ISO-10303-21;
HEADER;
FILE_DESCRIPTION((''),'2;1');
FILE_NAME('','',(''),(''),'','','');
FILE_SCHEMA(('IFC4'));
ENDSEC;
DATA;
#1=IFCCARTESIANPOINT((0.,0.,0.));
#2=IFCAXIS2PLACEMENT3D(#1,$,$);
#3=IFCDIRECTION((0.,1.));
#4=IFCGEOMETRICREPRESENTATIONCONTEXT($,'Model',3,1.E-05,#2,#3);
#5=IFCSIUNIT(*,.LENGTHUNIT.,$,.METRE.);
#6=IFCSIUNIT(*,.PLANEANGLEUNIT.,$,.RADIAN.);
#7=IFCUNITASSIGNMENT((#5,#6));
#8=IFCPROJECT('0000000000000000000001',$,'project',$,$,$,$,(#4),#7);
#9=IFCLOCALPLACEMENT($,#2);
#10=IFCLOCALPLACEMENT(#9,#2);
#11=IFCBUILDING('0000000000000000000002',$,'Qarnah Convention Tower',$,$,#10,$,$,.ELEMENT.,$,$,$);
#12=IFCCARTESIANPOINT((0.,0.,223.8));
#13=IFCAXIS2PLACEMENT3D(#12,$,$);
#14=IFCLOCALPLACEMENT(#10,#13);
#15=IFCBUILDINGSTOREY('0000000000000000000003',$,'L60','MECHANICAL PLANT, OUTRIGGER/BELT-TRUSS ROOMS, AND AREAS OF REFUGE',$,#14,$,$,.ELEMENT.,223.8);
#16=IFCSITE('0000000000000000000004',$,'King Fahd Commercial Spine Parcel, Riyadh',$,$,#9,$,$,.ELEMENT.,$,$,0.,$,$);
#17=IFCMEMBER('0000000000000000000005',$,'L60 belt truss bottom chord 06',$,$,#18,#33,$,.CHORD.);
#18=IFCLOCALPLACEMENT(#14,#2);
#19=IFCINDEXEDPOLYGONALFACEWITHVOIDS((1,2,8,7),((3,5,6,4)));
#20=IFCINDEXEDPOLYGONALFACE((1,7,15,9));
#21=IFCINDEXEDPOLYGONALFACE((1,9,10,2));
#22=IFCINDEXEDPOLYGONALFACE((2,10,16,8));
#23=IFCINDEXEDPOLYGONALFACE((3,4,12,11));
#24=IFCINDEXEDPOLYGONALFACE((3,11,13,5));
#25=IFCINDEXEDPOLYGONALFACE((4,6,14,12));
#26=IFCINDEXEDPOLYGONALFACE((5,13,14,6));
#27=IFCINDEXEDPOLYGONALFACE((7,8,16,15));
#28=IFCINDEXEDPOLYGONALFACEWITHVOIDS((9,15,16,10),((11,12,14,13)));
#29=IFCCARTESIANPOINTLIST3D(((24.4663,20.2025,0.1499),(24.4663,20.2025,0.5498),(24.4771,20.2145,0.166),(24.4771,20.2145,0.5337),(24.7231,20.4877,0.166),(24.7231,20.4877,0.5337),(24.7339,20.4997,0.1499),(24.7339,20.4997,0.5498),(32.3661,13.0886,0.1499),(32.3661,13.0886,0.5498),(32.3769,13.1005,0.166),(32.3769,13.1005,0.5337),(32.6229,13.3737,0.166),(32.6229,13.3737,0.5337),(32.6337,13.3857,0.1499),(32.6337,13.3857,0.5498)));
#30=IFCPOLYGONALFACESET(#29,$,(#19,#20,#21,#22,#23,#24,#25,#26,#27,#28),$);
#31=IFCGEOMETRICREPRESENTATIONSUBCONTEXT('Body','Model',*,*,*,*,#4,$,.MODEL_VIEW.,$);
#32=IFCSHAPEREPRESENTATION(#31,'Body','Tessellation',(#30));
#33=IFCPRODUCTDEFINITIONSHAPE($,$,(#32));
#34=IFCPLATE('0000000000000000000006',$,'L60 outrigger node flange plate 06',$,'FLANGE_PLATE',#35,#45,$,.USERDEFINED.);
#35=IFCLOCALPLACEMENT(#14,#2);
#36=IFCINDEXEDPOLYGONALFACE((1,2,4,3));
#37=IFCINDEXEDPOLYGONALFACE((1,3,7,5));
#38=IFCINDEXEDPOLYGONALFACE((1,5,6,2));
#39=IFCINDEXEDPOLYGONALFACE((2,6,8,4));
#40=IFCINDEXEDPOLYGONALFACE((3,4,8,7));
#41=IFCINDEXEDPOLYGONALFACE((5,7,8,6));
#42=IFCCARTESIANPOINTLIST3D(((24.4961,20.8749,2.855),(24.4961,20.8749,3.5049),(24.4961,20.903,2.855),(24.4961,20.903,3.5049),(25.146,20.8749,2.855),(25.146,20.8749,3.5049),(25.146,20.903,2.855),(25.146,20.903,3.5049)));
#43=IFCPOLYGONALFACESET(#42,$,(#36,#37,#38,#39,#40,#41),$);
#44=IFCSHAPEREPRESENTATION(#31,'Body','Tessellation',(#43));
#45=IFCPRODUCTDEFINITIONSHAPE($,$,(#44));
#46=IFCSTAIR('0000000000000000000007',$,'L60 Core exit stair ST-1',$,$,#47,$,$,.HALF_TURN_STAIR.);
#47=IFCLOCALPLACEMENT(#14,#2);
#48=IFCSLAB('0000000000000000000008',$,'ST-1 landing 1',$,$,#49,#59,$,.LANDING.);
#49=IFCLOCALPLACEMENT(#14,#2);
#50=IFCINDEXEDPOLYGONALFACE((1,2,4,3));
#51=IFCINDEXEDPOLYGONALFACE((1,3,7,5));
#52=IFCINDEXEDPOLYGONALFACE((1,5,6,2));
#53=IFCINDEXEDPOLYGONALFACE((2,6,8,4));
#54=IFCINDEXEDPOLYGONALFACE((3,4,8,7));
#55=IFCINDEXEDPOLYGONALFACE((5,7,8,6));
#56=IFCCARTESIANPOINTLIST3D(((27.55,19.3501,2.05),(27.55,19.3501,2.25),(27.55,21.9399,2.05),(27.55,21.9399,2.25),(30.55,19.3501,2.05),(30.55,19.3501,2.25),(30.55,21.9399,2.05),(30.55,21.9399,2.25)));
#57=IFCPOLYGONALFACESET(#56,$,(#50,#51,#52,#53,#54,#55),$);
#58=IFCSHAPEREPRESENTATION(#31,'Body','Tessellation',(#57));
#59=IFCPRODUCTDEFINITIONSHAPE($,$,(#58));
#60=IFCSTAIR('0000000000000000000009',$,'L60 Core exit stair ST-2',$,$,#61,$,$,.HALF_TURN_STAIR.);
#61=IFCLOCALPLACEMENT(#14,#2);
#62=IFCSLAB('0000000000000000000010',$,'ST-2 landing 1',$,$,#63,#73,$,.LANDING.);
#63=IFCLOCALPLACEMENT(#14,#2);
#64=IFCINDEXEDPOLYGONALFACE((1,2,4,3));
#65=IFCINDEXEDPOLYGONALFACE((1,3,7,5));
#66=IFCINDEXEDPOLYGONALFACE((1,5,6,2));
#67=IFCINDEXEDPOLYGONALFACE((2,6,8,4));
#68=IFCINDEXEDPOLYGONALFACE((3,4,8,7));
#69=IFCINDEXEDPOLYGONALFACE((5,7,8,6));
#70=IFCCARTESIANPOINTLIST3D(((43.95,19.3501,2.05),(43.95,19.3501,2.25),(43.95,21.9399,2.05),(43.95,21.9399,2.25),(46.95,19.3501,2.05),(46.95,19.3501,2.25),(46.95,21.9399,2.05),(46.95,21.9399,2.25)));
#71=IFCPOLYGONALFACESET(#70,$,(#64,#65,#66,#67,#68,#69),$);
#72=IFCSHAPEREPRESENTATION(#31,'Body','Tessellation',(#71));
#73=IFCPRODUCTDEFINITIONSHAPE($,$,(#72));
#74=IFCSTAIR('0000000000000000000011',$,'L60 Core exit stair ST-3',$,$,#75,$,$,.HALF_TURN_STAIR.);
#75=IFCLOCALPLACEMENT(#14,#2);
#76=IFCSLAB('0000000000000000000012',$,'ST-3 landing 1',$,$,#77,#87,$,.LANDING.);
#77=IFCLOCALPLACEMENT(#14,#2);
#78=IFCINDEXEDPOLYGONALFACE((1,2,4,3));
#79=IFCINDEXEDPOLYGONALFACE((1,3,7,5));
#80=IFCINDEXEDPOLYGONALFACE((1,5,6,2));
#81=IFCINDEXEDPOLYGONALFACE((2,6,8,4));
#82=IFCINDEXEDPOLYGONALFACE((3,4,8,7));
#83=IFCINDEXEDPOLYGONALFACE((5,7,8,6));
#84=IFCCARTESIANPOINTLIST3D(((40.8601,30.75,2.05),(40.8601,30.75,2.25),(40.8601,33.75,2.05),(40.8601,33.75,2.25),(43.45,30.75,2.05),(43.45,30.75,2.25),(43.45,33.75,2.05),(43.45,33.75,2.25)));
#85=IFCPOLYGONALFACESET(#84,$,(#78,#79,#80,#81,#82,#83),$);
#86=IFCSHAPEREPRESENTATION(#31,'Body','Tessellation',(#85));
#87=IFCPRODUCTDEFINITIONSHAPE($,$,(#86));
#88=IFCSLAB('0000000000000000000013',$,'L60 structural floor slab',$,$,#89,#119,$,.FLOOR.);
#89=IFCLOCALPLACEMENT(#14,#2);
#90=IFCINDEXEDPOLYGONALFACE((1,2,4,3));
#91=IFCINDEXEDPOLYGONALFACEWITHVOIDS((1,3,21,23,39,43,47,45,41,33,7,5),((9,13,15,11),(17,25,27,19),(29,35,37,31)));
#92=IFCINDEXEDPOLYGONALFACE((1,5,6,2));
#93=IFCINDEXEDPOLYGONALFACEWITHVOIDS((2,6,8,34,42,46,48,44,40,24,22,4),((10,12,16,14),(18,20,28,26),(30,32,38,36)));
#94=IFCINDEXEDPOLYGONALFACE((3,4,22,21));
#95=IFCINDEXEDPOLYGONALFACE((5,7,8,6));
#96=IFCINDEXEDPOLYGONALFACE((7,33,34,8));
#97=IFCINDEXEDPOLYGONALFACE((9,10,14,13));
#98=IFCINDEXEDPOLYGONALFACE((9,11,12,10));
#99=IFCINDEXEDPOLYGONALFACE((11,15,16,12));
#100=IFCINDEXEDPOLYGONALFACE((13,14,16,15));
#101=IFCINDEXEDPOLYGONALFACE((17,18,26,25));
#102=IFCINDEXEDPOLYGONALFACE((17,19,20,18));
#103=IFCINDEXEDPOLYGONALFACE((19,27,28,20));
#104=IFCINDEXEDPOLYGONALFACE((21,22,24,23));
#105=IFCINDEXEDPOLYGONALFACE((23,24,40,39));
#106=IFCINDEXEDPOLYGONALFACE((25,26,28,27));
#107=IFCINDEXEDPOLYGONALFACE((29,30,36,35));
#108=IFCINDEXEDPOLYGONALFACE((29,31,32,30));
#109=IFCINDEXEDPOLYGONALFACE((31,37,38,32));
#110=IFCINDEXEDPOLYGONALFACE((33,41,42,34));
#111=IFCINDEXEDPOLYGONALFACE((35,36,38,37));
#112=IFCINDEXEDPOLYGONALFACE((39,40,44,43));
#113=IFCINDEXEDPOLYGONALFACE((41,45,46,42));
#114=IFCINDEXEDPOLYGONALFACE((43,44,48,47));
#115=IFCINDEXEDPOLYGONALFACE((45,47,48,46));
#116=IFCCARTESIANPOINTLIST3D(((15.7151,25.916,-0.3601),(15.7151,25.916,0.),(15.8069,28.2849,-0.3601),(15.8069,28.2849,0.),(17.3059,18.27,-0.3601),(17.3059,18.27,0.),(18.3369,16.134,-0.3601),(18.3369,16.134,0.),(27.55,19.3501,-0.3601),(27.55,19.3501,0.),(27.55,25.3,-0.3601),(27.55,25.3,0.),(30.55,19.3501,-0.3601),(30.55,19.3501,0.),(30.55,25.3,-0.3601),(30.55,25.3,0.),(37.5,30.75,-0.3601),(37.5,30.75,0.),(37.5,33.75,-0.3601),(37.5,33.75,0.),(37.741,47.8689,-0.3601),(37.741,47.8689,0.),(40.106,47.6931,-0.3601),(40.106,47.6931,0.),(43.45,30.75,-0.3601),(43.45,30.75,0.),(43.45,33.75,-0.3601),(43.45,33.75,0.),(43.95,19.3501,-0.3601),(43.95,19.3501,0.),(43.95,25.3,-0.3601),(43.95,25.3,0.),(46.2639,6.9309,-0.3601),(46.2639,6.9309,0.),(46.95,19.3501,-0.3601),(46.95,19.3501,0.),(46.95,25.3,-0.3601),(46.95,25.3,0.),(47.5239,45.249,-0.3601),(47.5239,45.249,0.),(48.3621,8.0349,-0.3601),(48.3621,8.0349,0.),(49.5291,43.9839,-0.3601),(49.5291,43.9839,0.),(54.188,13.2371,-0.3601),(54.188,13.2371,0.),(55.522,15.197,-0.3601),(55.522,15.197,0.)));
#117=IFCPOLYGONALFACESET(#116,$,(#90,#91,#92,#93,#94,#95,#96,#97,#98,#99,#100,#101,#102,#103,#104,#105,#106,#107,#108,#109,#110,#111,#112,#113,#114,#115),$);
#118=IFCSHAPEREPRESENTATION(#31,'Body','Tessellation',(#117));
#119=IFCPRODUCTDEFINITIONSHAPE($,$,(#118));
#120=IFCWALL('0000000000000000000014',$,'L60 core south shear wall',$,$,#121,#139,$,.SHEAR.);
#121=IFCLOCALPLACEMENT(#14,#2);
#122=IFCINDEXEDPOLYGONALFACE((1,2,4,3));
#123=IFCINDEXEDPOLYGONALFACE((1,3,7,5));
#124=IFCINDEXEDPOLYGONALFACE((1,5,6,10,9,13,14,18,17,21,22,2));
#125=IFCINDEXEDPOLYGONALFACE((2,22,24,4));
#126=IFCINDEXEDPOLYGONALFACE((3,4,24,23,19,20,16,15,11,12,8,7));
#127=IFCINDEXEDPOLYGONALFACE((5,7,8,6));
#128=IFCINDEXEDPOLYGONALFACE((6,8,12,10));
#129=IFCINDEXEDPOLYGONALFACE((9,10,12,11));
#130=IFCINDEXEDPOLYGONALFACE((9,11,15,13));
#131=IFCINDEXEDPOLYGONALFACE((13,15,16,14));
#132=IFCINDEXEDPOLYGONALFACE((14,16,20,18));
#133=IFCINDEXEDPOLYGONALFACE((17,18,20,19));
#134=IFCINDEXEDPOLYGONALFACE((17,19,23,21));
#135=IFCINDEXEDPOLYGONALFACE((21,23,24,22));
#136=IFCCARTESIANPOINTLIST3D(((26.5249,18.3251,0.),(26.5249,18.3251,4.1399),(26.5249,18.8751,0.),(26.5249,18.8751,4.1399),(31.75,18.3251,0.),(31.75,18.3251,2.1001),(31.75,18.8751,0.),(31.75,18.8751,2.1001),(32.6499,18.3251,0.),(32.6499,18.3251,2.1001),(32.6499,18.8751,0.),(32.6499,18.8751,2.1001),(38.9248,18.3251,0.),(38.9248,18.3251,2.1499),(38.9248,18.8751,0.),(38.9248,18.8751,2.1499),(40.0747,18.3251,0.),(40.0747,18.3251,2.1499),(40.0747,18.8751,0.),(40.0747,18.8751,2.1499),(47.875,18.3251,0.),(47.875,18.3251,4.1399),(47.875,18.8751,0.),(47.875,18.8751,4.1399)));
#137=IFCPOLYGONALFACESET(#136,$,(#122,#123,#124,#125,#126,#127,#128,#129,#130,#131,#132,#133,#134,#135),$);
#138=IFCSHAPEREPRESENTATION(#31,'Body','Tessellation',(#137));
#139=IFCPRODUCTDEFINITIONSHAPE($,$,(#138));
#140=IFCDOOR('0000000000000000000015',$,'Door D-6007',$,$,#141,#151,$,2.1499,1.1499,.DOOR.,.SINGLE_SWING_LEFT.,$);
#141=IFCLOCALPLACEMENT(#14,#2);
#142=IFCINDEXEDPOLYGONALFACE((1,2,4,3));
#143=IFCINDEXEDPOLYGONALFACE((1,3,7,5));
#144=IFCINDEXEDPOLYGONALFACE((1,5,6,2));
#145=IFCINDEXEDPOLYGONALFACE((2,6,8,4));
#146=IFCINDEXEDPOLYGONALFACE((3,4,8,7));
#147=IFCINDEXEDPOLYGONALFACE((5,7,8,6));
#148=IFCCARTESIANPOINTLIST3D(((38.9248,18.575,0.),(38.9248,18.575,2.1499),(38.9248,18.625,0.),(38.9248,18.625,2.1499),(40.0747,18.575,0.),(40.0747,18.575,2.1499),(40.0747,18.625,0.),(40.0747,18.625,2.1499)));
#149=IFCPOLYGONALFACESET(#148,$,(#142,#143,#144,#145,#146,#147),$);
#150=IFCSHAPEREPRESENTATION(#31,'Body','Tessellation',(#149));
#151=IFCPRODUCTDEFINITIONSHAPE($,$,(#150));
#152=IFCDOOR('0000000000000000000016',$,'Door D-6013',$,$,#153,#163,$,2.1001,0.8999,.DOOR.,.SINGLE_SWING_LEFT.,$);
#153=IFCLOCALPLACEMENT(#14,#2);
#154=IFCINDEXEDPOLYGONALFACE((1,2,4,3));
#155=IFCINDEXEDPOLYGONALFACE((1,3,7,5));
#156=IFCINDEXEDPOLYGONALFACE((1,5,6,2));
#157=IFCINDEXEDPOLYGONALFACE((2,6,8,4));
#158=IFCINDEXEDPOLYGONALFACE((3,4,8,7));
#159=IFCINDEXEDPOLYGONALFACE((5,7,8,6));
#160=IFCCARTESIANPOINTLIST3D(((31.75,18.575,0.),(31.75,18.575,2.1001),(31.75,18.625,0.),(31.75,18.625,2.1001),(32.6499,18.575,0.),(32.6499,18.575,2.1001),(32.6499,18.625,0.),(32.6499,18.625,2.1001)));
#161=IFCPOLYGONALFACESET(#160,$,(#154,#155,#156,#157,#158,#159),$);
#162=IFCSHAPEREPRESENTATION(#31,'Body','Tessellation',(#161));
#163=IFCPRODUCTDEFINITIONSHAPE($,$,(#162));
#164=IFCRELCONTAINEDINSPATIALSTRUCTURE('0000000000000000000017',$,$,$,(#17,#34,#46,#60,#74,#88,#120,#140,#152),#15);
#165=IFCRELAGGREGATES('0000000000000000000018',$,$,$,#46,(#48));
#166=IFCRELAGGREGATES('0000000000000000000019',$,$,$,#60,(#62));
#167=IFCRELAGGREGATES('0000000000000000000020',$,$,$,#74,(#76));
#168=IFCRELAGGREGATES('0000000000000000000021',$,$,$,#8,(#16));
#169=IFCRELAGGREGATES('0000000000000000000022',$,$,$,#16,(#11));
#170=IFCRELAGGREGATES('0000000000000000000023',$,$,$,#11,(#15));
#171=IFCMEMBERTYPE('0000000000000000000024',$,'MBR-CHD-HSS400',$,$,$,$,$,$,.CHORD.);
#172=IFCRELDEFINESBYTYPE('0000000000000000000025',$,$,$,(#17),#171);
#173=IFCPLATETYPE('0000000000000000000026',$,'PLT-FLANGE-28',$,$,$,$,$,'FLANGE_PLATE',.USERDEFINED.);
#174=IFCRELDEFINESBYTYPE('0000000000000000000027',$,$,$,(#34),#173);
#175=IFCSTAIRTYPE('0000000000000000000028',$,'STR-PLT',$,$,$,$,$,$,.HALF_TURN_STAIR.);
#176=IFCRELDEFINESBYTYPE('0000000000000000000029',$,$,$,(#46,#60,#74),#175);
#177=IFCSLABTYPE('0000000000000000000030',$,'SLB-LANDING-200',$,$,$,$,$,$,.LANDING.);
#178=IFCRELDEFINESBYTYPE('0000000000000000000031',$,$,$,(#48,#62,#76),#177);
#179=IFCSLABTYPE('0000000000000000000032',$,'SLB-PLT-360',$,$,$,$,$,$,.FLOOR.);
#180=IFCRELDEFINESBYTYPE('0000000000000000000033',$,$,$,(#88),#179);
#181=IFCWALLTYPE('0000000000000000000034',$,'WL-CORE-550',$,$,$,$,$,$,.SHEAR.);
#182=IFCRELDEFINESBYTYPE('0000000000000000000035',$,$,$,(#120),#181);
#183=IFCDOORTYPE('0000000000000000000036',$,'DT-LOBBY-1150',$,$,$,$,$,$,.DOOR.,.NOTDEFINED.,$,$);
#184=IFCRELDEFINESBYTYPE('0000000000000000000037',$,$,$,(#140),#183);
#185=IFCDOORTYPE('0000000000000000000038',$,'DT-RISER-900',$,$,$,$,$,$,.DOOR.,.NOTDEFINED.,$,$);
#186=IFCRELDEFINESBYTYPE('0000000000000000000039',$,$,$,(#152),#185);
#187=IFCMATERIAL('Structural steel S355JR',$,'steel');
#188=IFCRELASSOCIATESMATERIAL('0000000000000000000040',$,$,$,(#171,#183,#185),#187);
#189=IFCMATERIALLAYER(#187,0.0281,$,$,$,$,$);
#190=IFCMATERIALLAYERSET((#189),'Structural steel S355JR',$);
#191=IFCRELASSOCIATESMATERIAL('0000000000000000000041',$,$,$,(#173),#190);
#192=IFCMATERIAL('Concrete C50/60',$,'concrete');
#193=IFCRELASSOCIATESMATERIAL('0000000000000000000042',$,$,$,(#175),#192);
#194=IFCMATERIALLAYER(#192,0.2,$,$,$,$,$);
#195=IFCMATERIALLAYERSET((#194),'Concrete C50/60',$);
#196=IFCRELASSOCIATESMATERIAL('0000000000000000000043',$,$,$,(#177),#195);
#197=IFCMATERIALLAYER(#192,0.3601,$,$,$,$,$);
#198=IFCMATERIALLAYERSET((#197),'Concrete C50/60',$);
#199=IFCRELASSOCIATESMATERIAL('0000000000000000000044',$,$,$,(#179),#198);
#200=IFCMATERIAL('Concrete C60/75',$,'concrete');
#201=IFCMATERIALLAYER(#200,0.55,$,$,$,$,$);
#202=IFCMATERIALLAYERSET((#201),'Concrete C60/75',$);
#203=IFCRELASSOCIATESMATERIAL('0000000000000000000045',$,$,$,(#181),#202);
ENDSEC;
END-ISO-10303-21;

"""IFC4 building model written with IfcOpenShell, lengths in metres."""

from ifc_helpers import new_model, si_unit, direction, frame, frame_2d, origin, origin_2d, place, context, subcontext, project, spatial, polyline, rectangle, hollow_rectangle, outline, extrude, material, layer, layer_set, material_profile, profile_set, type_object, element, fill, aggregate, save


model = new_model("IFC4")

# Units and contexts
model_context = context("Model", 3, precision=1e-05, world=origin(), true_north=direction((0.0, 1.0)))
body_context = subcontext(model_context, "Body", "Model", "MODEL_VIEW")
ifc_project = project(units=[si_unit("LENGTHUNIT", "METRE"), si_unit("PLANEANGLEUNIT", "RADIAN")], contexts=[model_context])

# Site, building, storey
site_placement = place(None, origin())
site = spatial("IfcSite", under=ifc_project, at=site_placement, Name="King Fahd Commercial Spine Parcel, Riyadh", CompositionType="ELEMENT", RefElevation=0.0)
building_placement = place(site_placement, origin())
building = spatial("IfcBuilding", under=site, at=building_placement, Name="Qarnah Convention Tower", CompositionType="ELEMENT")
storey_placement = place(building_placement, frame((0.0, 0.0, 223.8)))
storey = spatial("IfcBuildingStorey", under=building, at=storey_placement, Name="L60", Description="MECHANICAL PLANT, OUTRIGGER/BELT-TRUSS ROOMS, AND AREAS OF REFUGE", CompositionType="ELEMENT", Elevation=223.8)

# Shared definitions
ifc_material_1 = material(Name="Concrete C50/60", Category="concrete")

# Shared definitions
ifc_material_2 = material(Name="Structural steel S355JR", Category="steel")

# Member
ifc_material_profile_1 = material_profile(ifc_material_2, hollow_rectangle(XDim=0.3999, YDim=0.3999, WallThickness=0.0161, at=origin_2d()), Name="HSS400X400X16")
ifc_profile_set_1 = profile_set([ifc_material_profile_1], Name="Structural steel S355JR")
member_type_1 = type_object("IfcMemberType", Name="MBR-CHD-HSS400", PredefinedType="CHORD", material=ifc_profile_set_1)
member_1_placement = place(storey_placement, frame((24.6001, 20.3511, 0.3499), z_axis=(0.743102, -0.669178, 0.0), x_axis=(0.669178, 0.743102, 0.0)))
element("IfcMember", 1, at=member_1_placement, inside=storey, type_object=member_type_1, Name="L60 belt truss bottom chord 06", PredefinedType="CHORD", context=body_context, shape_type="SweptSolid", body=[
    extrude(hollow_rectangle(XDim=0.3999, YDim=0.3999, WallThickness=0.0161, at=origin_2d()), origin(), (0.0, 0.0, 1.0), 10.6309),
])

# Plate
ifc_layer_1 = layer(ifc_material_2, 0.0281)
ifc_layer_set_1 = layer_set([ifc_layer_1], Name="Structural steel S355JR")
plate_type = type_object("IfcPlateType", Name="PLT-FLANGE-28", ElementType="FLANGE_PLATE", PredefinedType="USERDEFINED", material=ifc_layer_set_1)
plate_placement = place(storey_placement, frame((24.821, 20.8889, 2.855), z_axis=(0.0, 0.0, 1.0), x_axis=(1.0, 0.0, 0.0)))
element("IfcPlate", 2, at=plate_placement, inside=storey, type_object=plate_type, Name="L60 outrigger node flange plate 06", ObjectType="FLANGE_PLATE", PredefinedType="USERDEFINED", context=body_context, shape_type="SweptSolid", body=[
    extrude(rectangle(XDim=0.6499, YDim=0.0281, at=origin_2d()), origin(), (0.0, 0.0, 1.0), 0.6499),
])

# Stairs, slabs
stair_type = type_object("IfcStairType", Name="STR-PLT", PredefinedType="HALF_TURN_STAIR", material=ifc_material_1)
stair_1_placement = place(storey_placement, origin())
stair_1 = element("IfcStair", 3, at=stair_1_placement, inside=storey, type_object=stair_type, Name="L60 Core exit stair ST-1", PredefinedType="HALF_TURN_STAIR")
ifc_layer_2 = layer(ifc_material_1, 0.2)
ifc_layer_set_2 = layer_set([ifc_layer_2], Name="Concrete C50/60")
slab_type_1 = type_object("IfcSlabType", Name="SLB-LANDING-200", PredefinedType="LANDING", material=ifc_layer_set_2)
slab_1_placement = place(storey_placement, frame((0.0, 0.0, 2.05)))
slab_1 = element("IfcSlab", 4, at=slab_1_placement, type_object=slab_type_1, Name="ST-1 landing 1", PredefinedType="LANDING", context=body_context, shape_type="SweptSolid", body=[
    extrude(outline(polyline([(27.55, 21.9399), (27.55, 19.3501), (30.55, 19.3501), (30.55, 21.9399), (27.55, 21.9399)])), origin(), (0.0, 0.0, 1.0), 0.2),
])
aggregate(stair_1, [slab_1])
stair_2_placement = place(storey_placement, origin())
stair_2 = element("IfcStair", 5, at=stair_2_placement, inside=storey, type_object=stair_type, Name="L60 Core exit stair ST-2", PredefinedType="HALF_TURN_STAIR")
slab_2_placement = place(storey_placement, frame((0.0, 0.0, 2.05)))
slab_2 = element("IfcSlab", 6, at=slab_2_placement, type_object=slab_type_1, Name="ST-2 landing 1", PredefinedType="LANDING", context=body_context, shape_type="SweptSolid", body=[
    extrude(outline(polyline([(43.95, 21.9399), (43.95, 19.3501), (46.95, 19.3501), (46.95, 21.9399), (43.95, 21.9399)])), origin(), (0.0, 0.0, 1.0), 0.2),
])
aggregate(stair_2, [slab_2])
stair_3_placement = place(storey_placement, origin())
stair_3 = element("IfcStair", 7, at=stair_3_placement, inside=storey, type_object=stair_type, Name="L60 Core exit stair ST-3", PredefinedType="HALF_TURN_STAIR")
slab_3_placement = place(storey_placement, frame((0.0, 0.0, 2.05)))
slab_3 = element("IfcSlab", 8, at=slab_3_placement, type_object=slab_type_1, Name="ST-3 landing 1", PredefinedType="LANDING", context=body_context, shape_type="SweptSolid", body=[
    extrude(outline(polyline([(40.8601, 30.75), (43.45, 30.75), (43.45, 33.75), (40.8601, 33.75), (40.8601, 30.75)])), origin(), (0.0, 0.0, 1.0), 0.2),
])
aggregate(stair_3, [slab_3])

# Slab
ifc_layer_3 = layer(ifc_material_1, 0.3601)
ifc_layer_set_3 = layer_set([ifc_layer_3], Name="Concrete C50/60")
slab_type_2 = type_object("IfcSlabType", Name="SLB-PLT-360", PredefinedType="FLOOR", material=ifc_layer_set_3)
slab_4_placement = place(storey_placement, frame((0.0, 0.0, -0.3601)))
element("IfcSlab", 9, at=slab_4_placement, inside=storey, type_object=slab_type_2, Name="L60 structural floor slab", PredefinedType="FLOOR", context=body_context, shape_type="SweptSolid", body=[
    extrude(outline(polyline([(37.741, 47.8689), (15.8069, 28.2849), (15.7151, 25.916), (17.3059, 18.27), (18.3369, 16.134), (46.2639, 6.9309), (48.3621, 8.0349), (54.188, 13.2371), (55.522, 15.197), (49.5291, 43.9839), (47.5239, 45.249), (40.106, 47.6931), (37.741, 47.8689)]), holes=[polyline([(27.55, 25.3), (27.55, 19.3501), (30.55, 19.3501), (30.55, 25.3), (27.55, 25.3)]), polyline([(43.95, 25.3), (43.95, 19.3501), (46.95, 19.3501), (46.95, 25.3), (43.95, 25.3)]), polyline([(37.5, 30.75), (43.45, 30.75), (43.45, 33.75), (37.5, 33.75), (37.5, 30.75)])]), origin(), (0.0, 0.0, 1.0), 0.3601),
])

# Wall, openings, doors
ifc_material_3 = material(Name="Concrete C60/75", Category="concrete")
ifc_layer_4 = layer(ifc_material_3, 0.55)
ifc_layer_set_4 = layer_set([ifc_layer_4], Name="Concrete C60/75")
wall_type_1 = type_object("IfcWallType", Name="WL-CORE-550", PredefinedType="SHEAR", material=ifc_layer_set_4)
wall_1_placement = place(storey_placement, frame((26.5249, 18.6001, 0.0), z_axis=(0.0, 0.0, 1.0), x_axis=(1.0, 0.0, 0.0)))
wall_1 = element("IfcWall", 10, at=wall_1_placement, inside=storey, type_object=wall_type_1, Name="L60 core south shear wall", PredefinedType="SHEAR", context=body_context, shape_type="SweptSolid", body=[
    extrude(rectangle(XDim=21.3501, YDim=0.55, at=frame_2d((10.675, 0.0))), origin(), (0.0, 0.0, 1.0), 4.1399),
])
opening_1_placement = place(wall_1_placement, frame((12.3999, 0.0, 0.0)))
opening_1 = element("IfcOpeningElement", 11, at=opening_1_placement, cuts=wall_1, PredefinedType="OPENING", context=body_context, shape_type="SweptSolid", body=[
    extrude(rectangle(XDim=1.1499, YDim=2.1499, at=frame_2d((0.575, 1.075))), frame((0.0, 0.2849, 0.0), z_axis=(0.0, -1.0, 0.0), x_axis=(1.0, 0.0, 0.0)), (0.0, 0.0, 1.0), 0.5701),
])
opening_2_placement = place(wall_1_placement, frame((5.2251, 0.0, 0.0)))
opening_2 = element("IfcOpeningElement", 12, at=opening_2_placement, cuts=wall_1, PredefinedType="OPENING", context=body_context, shape_type="SweptSolid", body=[
    extrude(rectangle(XDim=0.8999, YDim=2.1001, at=frame_2d((0.45, 1.05))), frame((0.0, 0.2849, 0.0), z_axis=(0.0, -1.0, 0.0), x_axis=(1.0, 0.0, 0.0)), (0.0, 0.0, 1.0), 0.5701),
])
door_type_1 = type_object("IfcDoorType", Name="DT-LOBBY-1150", OperationType="NOTDEFINED", PredefinedType="DOOR", material=ifc_material_2)
door_1_placement = place(opening_1_placement, origin())
door_1 = element("IfcDoor", 13, at=door_1_placement, inside=storey, type_object=door_type_1, Name="Door D-6007", OperationType="SINGLE_SWING_LEFT", OverallHeight=2.1499, OverallWidth=1.1499, PredefinedType="DOOR", context=body_context, shape_type="SweptSolid", body=[
    extrude(rectangle(XDim=1.1499, YDim=2.1499, at=frame_2d((0.575, 1.075))), frame((0.0, 0.0249, 0.0), z_axis=(0.0, -1.0, 0.0), x_axis=(1.0, 0.0, 0.0)), (0.0, 0.0, 1.0), 0.05),
])
fill(opening_1, door_1)
door_type_2 = type_object("IfcDoorType", Name="DT-RISER-900", OperationType="NOTDEFINED", PredefinedType="DOOR", material=ifc_material_2)
door_2_placement = place(opening_2_placement, origin())
door_2 = element("IfcDoor", 14, at=door_2_placement, inside=storey, type_object=door_type_2, Name="Door D-6013", OperationType="SINGLE_SWING_LEFT", OverallHeight=2.1001, OverallWidth=0.8999, PredefinedType="DOOR", context=body_context, shape_type="SweptSolid", body=[
    extrude(rectangle(XDim=0.8999, YDim=2.1001, at=frame_2d((0.45, 1.05))), frame((0.0, 0.0249, 0.0), z_axis=(0.0, -1.0, 0.0), x_axis=(1.0, 0.0, 0.0)), (0.0, 0.0, 1.0), 0.05),
])
fill(opening_2, door_2)

save(model, "model.ifc")
